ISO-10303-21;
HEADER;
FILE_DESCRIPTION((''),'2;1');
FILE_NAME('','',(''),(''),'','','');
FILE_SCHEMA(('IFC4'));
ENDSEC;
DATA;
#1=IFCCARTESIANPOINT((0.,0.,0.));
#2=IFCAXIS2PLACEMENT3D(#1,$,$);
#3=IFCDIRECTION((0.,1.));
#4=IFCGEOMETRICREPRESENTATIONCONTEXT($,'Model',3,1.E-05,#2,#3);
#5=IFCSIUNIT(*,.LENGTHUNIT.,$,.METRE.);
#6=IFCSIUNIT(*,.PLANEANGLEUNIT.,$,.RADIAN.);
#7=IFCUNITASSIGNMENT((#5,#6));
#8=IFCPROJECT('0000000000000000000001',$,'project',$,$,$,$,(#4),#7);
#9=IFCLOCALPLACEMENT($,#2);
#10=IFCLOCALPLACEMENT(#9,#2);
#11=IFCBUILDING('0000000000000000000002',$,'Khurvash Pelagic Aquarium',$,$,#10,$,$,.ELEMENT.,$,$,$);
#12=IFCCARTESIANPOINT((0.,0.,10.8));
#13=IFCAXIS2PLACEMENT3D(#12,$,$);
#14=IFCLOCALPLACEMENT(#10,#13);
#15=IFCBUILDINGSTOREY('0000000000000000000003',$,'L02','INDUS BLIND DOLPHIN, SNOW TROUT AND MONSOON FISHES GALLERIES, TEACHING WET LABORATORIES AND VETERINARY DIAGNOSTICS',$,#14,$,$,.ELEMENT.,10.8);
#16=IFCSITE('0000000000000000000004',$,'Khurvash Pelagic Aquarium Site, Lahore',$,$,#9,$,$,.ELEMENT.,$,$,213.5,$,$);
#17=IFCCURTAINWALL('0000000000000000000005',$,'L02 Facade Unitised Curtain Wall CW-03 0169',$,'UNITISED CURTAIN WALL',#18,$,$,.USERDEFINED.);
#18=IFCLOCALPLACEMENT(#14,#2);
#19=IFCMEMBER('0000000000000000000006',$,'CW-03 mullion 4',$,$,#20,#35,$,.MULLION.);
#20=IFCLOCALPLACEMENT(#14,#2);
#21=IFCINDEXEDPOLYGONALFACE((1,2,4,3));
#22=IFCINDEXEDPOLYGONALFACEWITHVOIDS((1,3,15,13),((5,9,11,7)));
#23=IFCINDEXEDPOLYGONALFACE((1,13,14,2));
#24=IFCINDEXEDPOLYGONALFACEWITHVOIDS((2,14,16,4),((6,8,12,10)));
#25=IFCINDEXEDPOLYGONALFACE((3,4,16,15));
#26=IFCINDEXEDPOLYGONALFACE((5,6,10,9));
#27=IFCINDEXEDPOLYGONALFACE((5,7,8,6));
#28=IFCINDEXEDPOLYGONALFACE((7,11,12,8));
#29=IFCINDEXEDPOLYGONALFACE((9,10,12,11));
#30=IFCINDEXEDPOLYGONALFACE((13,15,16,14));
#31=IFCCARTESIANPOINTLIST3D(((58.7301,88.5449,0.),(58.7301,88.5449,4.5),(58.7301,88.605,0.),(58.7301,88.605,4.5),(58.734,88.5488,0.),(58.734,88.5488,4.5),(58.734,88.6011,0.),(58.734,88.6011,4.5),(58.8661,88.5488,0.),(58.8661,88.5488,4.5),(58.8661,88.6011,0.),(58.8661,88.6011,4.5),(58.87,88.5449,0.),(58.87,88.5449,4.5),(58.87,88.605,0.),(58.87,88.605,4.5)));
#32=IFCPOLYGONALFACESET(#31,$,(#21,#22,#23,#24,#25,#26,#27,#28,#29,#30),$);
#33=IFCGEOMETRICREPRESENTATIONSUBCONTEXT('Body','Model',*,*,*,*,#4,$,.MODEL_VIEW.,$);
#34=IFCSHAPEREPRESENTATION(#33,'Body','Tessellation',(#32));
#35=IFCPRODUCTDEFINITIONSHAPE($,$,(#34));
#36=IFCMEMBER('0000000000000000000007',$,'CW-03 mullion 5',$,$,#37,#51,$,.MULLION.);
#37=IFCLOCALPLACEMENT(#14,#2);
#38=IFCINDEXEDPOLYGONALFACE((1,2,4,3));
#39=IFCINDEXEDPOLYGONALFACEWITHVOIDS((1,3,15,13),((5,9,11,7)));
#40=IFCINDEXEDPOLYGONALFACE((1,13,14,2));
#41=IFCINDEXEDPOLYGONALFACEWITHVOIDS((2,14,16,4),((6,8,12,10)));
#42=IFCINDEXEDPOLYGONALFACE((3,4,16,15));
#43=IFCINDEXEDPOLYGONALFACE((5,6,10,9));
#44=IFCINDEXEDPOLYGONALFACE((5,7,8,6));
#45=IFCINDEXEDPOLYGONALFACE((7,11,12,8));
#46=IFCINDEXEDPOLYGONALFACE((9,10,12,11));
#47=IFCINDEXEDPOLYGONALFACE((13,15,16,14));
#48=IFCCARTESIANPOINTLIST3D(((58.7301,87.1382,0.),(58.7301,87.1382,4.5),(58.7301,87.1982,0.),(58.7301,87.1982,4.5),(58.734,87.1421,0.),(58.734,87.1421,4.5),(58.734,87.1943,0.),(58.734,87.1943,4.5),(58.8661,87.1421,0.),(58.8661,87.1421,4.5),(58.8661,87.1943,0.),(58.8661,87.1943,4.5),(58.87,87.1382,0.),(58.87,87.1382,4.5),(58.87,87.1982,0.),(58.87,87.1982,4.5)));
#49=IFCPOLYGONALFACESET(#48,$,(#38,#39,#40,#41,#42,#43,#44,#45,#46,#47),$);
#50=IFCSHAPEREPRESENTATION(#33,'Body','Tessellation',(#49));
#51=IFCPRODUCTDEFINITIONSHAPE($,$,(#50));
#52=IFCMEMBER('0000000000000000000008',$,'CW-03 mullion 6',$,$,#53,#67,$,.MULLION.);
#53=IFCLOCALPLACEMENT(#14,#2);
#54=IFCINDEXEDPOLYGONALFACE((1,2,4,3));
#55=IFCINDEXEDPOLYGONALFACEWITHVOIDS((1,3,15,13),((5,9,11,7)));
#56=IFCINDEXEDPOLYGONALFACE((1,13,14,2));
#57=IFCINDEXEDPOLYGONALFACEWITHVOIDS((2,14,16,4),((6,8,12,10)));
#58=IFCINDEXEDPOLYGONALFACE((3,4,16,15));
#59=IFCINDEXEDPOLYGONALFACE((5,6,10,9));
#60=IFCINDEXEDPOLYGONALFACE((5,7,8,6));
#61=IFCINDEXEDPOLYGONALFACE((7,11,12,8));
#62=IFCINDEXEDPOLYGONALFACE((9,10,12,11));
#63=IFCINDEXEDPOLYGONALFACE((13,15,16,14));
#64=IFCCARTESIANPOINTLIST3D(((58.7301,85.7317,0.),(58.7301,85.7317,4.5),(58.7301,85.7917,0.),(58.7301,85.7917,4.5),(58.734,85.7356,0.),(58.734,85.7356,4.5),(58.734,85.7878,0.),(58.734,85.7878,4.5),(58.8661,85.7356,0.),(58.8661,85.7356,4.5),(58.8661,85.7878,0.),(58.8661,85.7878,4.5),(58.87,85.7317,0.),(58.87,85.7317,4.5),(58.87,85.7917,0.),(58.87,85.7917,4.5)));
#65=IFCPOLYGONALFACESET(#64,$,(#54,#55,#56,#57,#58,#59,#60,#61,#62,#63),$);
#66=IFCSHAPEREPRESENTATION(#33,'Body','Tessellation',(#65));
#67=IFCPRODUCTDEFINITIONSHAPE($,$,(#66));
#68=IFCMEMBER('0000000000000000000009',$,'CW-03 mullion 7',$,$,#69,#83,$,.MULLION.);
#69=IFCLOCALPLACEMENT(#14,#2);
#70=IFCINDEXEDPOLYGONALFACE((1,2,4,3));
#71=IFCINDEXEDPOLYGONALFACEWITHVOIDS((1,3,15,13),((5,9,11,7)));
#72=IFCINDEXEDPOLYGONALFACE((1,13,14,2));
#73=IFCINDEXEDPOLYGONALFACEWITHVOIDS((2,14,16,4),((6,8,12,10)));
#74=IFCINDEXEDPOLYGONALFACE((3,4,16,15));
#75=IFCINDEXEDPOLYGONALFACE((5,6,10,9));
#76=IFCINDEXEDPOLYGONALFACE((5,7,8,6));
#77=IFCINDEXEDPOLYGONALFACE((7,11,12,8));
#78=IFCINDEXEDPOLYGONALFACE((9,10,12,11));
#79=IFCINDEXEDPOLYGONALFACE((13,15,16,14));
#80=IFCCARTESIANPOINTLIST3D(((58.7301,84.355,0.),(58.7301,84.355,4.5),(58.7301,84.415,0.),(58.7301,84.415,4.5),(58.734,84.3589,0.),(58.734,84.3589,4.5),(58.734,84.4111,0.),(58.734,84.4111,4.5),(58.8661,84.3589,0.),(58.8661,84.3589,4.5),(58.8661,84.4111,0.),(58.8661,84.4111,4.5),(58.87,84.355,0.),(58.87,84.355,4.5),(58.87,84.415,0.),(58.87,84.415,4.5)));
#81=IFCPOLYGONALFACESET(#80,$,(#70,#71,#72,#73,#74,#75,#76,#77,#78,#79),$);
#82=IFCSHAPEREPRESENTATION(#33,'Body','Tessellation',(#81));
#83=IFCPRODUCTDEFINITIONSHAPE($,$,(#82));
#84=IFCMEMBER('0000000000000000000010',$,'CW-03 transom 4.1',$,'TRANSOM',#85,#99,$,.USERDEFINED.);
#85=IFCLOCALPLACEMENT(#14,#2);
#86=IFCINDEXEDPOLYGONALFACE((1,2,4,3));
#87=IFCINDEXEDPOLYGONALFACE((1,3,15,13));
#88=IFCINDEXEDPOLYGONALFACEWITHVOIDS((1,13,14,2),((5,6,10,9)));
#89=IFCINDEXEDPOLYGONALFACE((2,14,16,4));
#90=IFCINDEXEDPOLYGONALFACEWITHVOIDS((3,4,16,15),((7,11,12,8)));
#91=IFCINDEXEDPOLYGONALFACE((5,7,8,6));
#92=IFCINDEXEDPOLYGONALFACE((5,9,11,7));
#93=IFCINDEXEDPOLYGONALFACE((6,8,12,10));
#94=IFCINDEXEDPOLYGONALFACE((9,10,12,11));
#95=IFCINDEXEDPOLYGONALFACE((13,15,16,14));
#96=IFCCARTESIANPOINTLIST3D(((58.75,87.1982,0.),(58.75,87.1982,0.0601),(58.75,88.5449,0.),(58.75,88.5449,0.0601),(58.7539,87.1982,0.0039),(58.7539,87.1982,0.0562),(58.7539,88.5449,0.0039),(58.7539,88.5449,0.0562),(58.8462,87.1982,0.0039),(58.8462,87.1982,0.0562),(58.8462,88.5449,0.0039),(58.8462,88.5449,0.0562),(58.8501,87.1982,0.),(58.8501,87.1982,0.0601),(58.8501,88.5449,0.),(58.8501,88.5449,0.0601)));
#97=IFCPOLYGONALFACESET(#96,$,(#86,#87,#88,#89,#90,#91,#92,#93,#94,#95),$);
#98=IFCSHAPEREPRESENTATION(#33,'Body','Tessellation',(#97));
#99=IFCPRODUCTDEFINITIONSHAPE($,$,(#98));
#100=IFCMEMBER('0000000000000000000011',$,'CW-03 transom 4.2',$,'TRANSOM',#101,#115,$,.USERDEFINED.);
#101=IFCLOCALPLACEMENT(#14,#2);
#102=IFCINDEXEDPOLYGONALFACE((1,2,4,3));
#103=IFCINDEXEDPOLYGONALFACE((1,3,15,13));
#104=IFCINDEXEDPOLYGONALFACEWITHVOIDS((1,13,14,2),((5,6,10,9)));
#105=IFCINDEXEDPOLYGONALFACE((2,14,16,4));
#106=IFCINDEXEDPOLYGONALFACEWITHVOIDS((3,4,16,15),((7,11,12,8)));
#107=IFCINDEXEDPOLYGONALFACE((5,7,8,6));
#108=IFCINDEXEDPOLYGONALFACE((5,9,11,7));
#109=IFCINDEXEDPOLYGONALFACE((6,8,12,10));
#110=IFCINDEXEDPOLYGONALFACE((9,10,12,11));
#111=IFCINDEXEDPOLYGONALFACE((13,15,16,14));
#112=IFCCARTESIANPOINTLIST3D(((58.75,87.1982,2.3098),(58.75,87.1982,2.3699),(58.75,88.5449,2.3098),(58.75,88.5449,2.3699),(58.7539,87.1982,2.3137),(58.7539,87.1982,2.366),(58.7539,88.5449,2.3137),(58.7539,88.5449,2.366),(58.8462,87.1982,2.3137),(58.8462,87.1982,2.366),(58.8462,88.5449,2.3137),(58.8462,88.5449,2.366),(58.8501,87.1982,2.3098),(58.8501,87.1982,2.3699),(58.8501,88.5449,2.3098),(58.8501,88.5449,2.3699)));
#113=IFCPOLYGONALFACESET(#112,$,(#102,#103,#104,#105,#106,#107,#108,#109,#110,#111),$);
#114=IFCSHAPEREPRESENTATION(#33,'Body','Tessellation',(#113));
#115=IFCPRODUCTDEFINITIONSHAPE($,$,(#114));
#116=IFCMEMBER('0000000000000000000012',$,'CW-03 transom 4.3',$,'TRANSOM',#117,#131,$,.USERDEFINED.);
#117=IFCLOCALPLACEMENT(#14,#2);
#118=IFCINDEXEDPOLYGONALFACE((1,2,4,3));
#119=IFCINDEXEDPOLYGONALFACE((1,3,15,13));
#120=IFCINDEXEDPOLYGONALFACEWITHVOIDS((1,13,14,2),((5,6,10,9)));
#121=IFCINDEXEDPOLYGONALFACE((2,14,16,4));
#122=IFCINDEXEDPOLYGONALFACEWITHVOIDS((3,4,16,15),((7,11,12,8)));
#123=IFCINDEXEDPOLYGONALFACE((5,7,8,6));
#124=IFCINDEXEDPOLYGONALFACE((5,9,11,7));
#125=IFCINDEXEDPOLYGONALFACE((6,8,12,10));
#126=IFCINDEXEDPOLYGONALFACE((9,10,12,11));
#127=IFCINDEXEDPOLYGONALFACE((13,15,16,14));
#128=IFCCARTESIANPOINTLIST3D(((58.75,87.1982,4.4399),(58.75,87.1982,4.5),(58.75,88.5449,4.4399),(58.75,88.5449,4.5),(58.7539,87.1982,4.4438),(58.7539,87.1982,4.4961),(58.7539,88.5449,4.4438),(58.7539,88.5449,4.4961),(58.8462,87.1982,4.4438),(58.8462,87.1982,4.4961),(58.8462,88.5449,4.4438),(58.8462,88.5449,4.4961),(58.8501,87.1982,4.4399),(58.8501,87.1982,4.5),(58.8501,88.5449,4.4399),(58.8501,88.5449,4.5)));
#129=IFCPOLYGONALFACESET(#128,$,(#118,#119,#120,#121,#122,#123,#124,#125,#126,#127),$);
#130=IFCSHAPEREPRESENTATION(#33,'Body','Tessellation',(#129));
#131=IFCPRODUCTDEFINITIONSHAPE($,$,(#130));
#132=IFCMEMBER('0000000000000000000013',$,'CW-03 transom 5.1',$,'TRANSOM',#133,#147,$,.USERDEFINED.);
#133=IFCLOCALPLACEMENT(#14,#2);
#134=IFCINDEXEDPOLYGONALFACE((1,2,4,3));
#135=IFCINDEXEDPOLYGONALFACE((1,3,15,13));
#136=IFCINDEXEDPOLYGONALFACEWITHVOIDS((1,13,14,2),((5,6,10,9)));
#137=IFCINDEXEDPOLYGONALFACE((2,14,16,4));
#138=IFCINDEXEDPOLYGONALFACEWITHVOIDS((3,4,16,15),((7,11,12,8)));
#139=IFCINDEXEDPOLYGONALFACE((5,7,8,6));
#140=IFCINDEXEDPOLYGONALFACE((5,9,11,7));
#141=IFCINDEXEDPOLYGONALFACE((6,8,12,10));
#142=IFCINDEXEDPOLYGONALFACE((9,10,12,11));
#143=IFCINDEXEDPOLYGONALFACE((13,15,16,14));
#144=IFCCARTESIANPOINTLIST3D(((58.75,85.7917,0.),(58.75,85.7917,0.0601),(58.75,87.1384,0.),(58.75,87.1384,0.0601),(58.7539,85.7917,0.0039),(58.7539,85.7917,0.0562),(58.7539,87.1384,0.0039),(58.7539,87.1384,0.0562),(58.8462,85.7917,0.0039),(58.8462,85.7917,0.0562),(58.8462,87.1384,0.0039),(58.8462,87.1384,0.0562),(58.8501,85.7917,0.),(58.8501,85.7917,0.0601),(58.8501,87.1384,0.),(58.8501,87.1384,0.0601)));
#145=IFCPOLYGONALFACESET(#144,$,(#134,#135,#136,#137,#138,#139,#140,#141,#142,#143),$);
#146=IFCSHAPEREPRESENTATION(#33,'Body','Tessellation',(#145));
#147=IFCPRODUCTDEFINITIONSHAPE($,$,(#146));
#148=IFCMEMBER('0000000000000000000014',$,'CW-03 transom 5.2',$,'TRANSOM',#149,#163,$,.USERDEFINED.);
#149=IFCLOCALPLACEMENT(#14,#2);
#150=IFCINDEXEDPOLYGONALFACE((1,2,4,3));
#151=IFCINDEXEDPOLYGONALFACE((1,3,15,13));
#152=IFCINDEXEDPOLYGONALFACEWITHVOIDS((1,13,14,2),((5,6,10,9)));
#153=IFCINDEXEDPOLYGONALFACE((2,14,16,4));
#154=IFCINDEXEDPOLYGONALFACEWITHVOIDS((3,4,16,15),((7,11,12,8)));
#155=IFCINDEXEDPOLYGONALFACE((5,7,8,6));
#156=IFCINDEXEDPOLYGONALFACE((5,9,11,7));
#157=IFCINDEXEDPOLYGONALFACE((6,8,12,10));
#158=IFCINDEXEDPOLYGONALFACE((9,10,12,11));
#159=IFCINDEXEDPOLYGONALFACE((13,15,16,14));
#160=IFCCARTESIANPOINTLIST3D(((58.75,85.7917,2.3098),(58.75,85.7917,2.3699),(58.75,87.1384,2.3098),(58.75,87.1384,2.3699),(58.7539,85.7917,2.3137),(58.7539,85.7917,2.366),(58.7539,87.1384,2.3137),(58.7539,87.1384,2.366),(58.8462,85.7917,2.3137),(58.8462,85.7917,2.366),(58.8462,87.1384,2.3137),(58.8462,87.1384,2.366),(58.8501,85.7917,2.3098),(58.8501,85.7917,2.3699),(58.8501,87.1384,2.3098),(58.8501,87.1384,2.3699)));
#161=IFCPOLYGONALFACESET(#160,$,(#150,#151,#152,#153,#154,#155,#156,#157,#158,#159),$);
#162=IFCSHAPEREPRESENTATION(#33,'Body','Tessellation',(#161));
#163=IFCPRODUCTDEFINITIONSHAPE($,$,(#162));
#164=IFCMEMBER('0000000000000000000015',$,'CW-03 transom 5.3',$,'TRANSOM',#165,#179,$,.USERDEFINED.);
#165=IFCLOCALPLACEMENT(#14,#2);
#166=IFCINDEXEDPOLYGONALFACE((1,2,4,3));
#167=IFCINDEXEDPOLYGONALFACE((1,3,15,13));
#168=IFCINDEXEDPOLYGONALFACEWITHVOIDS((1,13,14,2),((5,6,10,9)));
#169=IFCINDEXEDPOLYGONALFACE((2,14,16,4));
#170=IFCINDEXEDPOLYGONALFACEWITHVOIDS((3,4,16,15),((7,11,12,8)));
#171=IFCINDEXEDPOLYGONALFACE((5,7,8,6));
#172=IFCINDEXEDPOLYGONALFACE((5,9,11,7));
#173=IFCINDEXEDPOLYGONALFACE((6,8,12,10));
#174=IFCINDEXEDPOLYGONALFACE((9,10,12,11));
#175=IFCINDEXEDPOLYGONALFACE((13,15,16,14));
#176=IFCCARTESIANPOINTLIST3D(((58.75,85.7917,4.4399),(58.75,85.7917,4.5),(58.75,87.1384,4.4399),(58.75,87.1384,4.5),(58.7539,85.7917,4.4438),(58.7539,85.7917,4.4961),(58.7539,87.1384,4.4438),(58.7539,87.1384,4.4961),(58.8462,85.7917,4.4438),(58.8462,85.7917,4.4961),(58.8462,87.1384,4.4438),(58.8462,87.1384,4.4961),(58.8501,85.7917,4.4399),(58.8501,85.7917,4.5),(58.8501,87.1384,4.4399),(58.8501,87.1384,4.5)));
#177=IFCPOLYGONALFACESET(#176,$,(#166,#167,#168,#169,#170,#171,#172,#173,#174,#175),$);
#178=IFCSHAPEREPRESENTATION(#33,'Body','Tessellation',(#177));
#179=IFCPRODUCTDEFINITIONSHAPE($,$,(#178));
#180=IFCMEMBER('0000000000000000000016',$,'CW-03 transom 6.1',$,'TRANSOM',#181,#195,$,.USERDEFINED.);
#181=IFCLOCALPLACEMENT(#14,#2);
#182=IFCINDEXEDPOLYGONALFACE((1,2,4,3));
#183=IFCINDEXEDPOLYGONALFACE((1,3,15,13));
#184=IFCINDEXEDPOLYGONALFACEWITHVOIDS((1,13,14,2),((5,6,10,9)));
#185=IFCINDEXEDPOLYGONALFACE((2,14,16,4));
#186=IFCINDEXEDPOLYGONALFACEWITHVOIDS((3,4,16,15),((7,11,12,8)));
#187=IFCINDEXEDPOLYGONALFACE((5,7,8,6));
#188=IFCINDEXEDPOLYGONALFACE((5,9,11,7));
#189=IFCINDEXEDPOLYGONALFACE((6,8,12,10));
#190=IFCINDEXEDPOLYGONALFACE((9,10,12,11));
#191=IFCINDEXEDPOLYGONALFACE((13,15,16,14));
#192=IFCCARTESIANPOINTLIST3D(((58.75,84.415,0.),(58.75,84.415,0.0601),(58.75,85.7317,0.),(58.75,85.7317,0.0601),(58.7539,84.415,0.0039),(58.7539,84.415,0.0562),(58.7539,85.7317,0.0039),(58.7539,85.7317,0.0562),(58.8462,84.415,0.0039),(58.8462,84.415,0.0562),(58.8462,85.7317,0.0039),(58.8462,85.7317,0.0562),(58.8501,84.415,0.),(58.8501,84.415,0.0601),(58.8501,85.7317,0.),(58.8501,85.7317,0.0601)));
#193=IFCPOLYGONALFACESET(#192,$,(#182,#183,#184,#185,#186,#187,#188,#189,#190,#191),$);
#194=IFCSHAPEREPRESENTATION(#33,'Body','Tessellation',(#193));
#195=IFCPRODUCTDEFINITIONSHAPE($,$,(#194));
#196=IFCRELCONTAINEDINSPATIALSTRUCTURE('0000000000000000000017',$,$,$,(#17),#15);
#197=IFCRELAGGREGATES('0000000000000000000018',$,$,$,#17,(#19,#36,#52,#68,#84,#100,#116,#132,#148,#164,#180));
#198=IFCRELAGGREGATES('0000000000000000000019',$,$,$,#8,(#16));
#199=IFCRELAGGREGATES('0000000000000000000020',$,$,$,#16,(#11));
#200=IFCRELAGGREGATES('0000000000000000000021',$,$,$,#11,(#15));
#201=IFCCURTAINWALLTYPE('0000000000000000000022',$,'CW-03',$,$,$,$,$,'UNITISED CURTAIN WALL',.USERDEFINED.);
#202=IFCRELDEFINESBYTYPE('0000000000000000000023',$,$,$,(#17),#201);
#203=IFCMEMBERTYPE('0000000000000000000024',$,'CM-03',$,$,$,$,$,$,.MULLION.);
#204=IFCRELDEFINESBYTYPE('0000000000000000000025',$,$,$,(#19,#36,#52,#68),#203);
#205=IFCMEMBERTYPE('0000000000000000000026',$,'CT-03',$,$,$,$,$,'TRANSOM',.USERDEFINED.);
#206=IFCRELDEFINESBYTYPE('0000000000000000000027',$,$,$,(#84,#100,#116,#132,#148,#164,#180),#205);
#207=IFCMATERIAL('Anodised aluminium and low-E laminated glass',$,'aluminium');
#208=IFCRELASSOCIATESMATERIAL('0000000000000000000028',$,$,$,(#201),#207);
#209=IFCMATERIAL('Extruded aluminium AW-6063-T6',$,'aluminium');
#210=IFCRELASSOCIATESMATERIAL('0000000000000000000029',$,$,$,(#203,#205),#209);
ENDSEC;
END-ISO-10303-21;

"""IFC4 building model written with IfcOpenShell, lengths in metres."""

from ifc_helpers import new_model, si_unit, direction, frame, origin, origin_2d, place, context, subcontext, project, spatial, hollow_rectangle, extrude, material, material_profile, profile_set, type_object, element, aggregate, save


model = new_model("IFC4")

# Units and contexts
model_context = context("Model", 3, precision=1e-05, world=origin(), true_north=direction((0.0, 1.0)))
body_context = subcontext(model_context, "Body", "Model", "MODEL_VIEW")
ifc_project = project(units=[si_unit("LENGTHUNIT", "METRE"), si_unit("PLANEANGLEUNIT", "RADIAN")], contexts=[model_context])

# Site, building, storey
site_placement = place(None, origin())
site = spatial("IfcSite", under=ifc_project, at=site_placement, Name="Khurvash Pelagic Aquarium Site, Lahore", CompositionType="ELEMENT", RefElevation=213.5)
building_placement = place(site_placement, origin())
building = spatial("IfcBuilding", under=site, at=building_placement, Name="Khurvash Pelagic Aquarium", CompositionType="ELEMENT")
storey_placement = place(building_placement, frame((0.0, 0.0, 10.8)))
storey = spatial("IfcBuildingStorey", under=building, at=storey_placement, Name="L02", Description="INDUS BLIND DOLPHIN, SNOW TROUT AND MONSOON FISHES GALLERIES, TEACHING WET LABORATORIES AND VETERINARY DIAGNOSTICS", CompositionType="ELEMENT", Elevation=10.8)

# Curtain wall, members
ifc_material_1 = material(Name="Anodised aluminium and low-E laminated glass", Category="aluminium")
curtain_wall_type = type_object("IfcCurtainWallType", Name="CW-03", ElementType="UNITISED CURTAIN WALL", PredefinedType="USERDEFINED", material=ifc_material_1)
curtain_wall_placement = place(storey_placement, origin())
curtain_wall = element("IfcCurtainWall", 1, at=curtain_wall_placement, inside=storey, type_object=curtain_wall_type, Name="L02 Facade Unitised Curtain Wall CW-03 0169", ObjectType="UNITISED CURTAIN WALL", PredefinedType="USERDEFINED")
ifc_material_2 = material(Name="Extruded aluminium AW-6063-T6", Category="aluminium")
ifc_material_profile_1 = material_profile(ifc_material_2, hollow_rectangle(XDim=0.0601, YDim=0.1399, WallThickness=0.0039, at=origin_2d()), Name="CWM60X140X4")
ifc_profile_set_1 = profile_set([ifc_material_profile_1], Name="Extruded aluminium AW-6063-T6")
member_type_1 = type_object("IfcMemberType", Name="CM-03", PredefinedType="MULLION", material=ifc_profile_set_1)
member_1_placement = place(storey_placement, frame((58.8, 88.575, 0.0), z_axis=(0.0, 0.0, 1.0), x_axis=(0.0, -1.0, 0.0)))
member_1 = element("IfcMember", 2, at=member_1_placement, type_object=member_type_1, Name="CW-03 mullion 4", PredefinedType="MULLION", context=body_context, shape_type="SweptSolid", body=[
    extrude(hollow_rectangle(XDim=0.0601, YDim=0.1399, WallThickness=0.0039, at=origin_2d()), origin(), (0.0, 0.0, 1.0), 4.5),
])
member_2_placement = place(storey_placement, frame((58.8, 87.1682, 0.0), z_axis=(0.0, 0.0, 1.0), x_axis=(0.0, -1.0, 0.0)))
member_2 = element("IfcMember", 3, at=member_2_placement, type_object=member_type_1, Name="CW-03 mullion 5", PredefinedType="MULLION", context=body_context, shape_type="SweptSolid", body=[
    extrude(hollow_rectangle(XDim=0.0601, YDim=0.1399, WallThickness=0.0039, at=origin_2d()), origin(), (0.0, 0.0, 1.0), 4.5),
])
member_3_placement = place(storey_placement, frame((58.8, 85.7617, 0.0), z_axis=(0.0, 0.0, 1.0), x_axis=(0.0, -1.0, 0.0)))
member_3 = element("IfcMember", 4, at=member_3_placement, type_object=member_type_1, Name="CW-03 mullion 6", PredefinedType="MULLION", context=body_context, shape_type="SweptSolid", body=[
    extrude(hollow_rectangle(XDim=0.0601, YDim=0.1399, WallThickness=0.0039, at=origin_2d()), origin(), (0.0, 0.0, 1.0), 4.5),
])
member_4_placement = place(storey_placement, frame((58.8, 84.385, 0.0), z_axis=(0.0, 0.0, 1.0), x_axis=(0.0, -1.0, 0.0)))
member_4 = element("IfcMember", 5, at=member_4_placement, type_object=member_type_1, Name="CW-03 mullion 7", PredefinedType="MULLION", context=body_context, shape_type="SweptSolid", body=[
    extrude(hollow_rectangle(XDim=0.0601, YDim=0.1399, WallThickness=0.0039, at=origin_2d()), origin(), (0.0, 0.0, 1.0), 4.5),
])
ifc_material_profile_2 = material_profile(ifc_material_2, hollow_rectangle(XDim=0.1001, YDim=0.0601, WallThickness=0.0039, at=origin_2d()), Name="CWT100X60X4")
ifc_profile_set_2 = profile_set([ifc_material_profile_2], Name="Extruded aluminium AW-6063-T6")
member_type_2 = type_object("IfcMemberType", Name="CT-03", ElementType="TRANSOM", PredefinedType="USERDEFINED", material=ifc_profile_set_2)
member_5_placement = place(storey_placement, frame((58.8, 88.5449, 0.03), z_axis=(0.0, -1.0, 0.0), x_axis=(1.0, 0.0, 0.0)))
member_5 = element("IfcMember", 6, at=member_5_placement, type_object=member_type_2, Name="CW-03 transom 4.1", ObjectType="TRANSOM", PredefinedType="USERDEFINED", context=body_context, shape_type="SweptSolid", body=[
    extrude(hollow_rectangle(XDim=0.1001, YDim=0.0601, WallThickness=0.0039, at=origin_2d()), origin(), (0.0, 0.0, 1.0), 1.3467),
])
member_6_placement = place(storey_placement, frame((58.8, 88.5449, 2.3398), z_axis=(0.0, -1.0, 0.0), x_axis=(1.0, 0.0, 0.0)))
member_6 = element("IfcMember", 7, at=member_6_placement, type_object=member_type_2, Name="CW-03 transom 4.2", ObjectType="TRANSOM", PredefinedType="USERDEFINED", context=body_context, shape_type="SweptSolid", body=[
    extrude(hollow_rectangle(XDim=0.1001, YDim=0.0601, WallThickness=0.0039, at=origin_2d()), origin(), (0.0, 0.0, 1.0), 1.3467),
])
member_7_placement = place(storey_placement, frame((58.8, 88.5449, 4.47), z_axis=(0.0, -1.0, 0.0), x_axis=(1.0, 0.0, 0.0)))
member_7 = element("IfcMember", 8, at=member_7_placement, type_object=member_type_2, Name="CW-03 transom 4.3", ObjectType="TRANSOM", PredefinedType="USERDEFINED", context=body_context, shape_type="SweptSolid", body=[
    extrude(hollow_rectangle(XDim=0.1001, YDim=0.0601, WallThickness=0.0039, at=origin_2d()), origin(), (0.0, 0.0, 1.0), 1.3467),
])
member_8_placement = place(storey_placement, frame((58.8, 87.1384, 0.03), z_axis=(0.0, -1.0, 0.0), x_axis=(1.0, 0.0, 0.0)))
member_8 = element("IfcMember", 9, at=member_8_placement, type_object=member_type_2, Name="CW-03 transom 5.1", ObjectType="TRANSOM", PredefinedType="USERDEFINED", context=body_context, shape_type="SweptSolid", body=[
    extrude(hollow_rectangle(XDim=0.1001, YDim=0.0601, WallThickness=0.0039, at=origin_2d()), origin(), (0.0, 0.0, 1.0), 1.3467),
])
member_9_placement = place(storey_placement, frame((58.8, 87.1384, 2.3398), z_axis=(0.0, -1.0, 0.0), x_axis=(1.0, 0.0, 0.0)))
member_9 = element("IfcMember", 10, at=member_9_placement, type_object=member_type_2, Name="CW-03 transom 5.2", ObjectType="TRANSOM", PredefinedType="USERDEFINED", context=body_context, shape_type="SweptSolid", body=[
    extrude(hollow_rectangle(XDim=0.1001, YDim=0.0601, WallThickness=0.0039, at=origin_2d()), origin(), (0.0, 0.0, 1.0), 1.3467),
])
member_10_placement = place(storey_placement, frame((58.8, 87.1384, 4.47), z_axis=(0.0, -1.0, 0.0), x_axis=(1.0, 0.0, 0.0)))
member_10 = element("IfcMember", 11, at=member_10_placement, type_object=member_type_2, Name="CW-03 transom 5.3", ObjectType="TRANSOM", PredefinedType="USERDEFINED", context=body_context, shape_type="SweptSolid", body=[
    extrude(hollow_rectangle(XDim=0.1001, YDim=0.0601, WallThickness=0.0039, at=origin_2d()), origin(), (0.0, 0.0, 1.0), 1.3467),
])
member_11_placement = place(storey_placement, frame((58.8, 85.7317, 0.03), z_axis=(0.0, -1.0, 0.0), x_axis=(1.0, 0.0, 0.0)))
member_11 = element("IfcMember", 12, at=member_11_placement, type_object=member_type_2, Name="CW-03 transom 6.1", ObjectType="TRANSOM", PredefinedType="USERDEFINED", context=body_context, shape_type="SweptSolid", body=[
    extrude(hollow_rectangle(XDim=0.1001, YDim=0.0601, WallThickness=0.0039, at=origin_2d()), origin(), (0.0, 0.0, 1.0), 1.3167),
])

aggregate(curtain_wall, [member_1, member_2, member_3, member_4, member_5, member_6, member_7, member_8, member_9, member_10, member_11])

save(model, "model.ifc")
